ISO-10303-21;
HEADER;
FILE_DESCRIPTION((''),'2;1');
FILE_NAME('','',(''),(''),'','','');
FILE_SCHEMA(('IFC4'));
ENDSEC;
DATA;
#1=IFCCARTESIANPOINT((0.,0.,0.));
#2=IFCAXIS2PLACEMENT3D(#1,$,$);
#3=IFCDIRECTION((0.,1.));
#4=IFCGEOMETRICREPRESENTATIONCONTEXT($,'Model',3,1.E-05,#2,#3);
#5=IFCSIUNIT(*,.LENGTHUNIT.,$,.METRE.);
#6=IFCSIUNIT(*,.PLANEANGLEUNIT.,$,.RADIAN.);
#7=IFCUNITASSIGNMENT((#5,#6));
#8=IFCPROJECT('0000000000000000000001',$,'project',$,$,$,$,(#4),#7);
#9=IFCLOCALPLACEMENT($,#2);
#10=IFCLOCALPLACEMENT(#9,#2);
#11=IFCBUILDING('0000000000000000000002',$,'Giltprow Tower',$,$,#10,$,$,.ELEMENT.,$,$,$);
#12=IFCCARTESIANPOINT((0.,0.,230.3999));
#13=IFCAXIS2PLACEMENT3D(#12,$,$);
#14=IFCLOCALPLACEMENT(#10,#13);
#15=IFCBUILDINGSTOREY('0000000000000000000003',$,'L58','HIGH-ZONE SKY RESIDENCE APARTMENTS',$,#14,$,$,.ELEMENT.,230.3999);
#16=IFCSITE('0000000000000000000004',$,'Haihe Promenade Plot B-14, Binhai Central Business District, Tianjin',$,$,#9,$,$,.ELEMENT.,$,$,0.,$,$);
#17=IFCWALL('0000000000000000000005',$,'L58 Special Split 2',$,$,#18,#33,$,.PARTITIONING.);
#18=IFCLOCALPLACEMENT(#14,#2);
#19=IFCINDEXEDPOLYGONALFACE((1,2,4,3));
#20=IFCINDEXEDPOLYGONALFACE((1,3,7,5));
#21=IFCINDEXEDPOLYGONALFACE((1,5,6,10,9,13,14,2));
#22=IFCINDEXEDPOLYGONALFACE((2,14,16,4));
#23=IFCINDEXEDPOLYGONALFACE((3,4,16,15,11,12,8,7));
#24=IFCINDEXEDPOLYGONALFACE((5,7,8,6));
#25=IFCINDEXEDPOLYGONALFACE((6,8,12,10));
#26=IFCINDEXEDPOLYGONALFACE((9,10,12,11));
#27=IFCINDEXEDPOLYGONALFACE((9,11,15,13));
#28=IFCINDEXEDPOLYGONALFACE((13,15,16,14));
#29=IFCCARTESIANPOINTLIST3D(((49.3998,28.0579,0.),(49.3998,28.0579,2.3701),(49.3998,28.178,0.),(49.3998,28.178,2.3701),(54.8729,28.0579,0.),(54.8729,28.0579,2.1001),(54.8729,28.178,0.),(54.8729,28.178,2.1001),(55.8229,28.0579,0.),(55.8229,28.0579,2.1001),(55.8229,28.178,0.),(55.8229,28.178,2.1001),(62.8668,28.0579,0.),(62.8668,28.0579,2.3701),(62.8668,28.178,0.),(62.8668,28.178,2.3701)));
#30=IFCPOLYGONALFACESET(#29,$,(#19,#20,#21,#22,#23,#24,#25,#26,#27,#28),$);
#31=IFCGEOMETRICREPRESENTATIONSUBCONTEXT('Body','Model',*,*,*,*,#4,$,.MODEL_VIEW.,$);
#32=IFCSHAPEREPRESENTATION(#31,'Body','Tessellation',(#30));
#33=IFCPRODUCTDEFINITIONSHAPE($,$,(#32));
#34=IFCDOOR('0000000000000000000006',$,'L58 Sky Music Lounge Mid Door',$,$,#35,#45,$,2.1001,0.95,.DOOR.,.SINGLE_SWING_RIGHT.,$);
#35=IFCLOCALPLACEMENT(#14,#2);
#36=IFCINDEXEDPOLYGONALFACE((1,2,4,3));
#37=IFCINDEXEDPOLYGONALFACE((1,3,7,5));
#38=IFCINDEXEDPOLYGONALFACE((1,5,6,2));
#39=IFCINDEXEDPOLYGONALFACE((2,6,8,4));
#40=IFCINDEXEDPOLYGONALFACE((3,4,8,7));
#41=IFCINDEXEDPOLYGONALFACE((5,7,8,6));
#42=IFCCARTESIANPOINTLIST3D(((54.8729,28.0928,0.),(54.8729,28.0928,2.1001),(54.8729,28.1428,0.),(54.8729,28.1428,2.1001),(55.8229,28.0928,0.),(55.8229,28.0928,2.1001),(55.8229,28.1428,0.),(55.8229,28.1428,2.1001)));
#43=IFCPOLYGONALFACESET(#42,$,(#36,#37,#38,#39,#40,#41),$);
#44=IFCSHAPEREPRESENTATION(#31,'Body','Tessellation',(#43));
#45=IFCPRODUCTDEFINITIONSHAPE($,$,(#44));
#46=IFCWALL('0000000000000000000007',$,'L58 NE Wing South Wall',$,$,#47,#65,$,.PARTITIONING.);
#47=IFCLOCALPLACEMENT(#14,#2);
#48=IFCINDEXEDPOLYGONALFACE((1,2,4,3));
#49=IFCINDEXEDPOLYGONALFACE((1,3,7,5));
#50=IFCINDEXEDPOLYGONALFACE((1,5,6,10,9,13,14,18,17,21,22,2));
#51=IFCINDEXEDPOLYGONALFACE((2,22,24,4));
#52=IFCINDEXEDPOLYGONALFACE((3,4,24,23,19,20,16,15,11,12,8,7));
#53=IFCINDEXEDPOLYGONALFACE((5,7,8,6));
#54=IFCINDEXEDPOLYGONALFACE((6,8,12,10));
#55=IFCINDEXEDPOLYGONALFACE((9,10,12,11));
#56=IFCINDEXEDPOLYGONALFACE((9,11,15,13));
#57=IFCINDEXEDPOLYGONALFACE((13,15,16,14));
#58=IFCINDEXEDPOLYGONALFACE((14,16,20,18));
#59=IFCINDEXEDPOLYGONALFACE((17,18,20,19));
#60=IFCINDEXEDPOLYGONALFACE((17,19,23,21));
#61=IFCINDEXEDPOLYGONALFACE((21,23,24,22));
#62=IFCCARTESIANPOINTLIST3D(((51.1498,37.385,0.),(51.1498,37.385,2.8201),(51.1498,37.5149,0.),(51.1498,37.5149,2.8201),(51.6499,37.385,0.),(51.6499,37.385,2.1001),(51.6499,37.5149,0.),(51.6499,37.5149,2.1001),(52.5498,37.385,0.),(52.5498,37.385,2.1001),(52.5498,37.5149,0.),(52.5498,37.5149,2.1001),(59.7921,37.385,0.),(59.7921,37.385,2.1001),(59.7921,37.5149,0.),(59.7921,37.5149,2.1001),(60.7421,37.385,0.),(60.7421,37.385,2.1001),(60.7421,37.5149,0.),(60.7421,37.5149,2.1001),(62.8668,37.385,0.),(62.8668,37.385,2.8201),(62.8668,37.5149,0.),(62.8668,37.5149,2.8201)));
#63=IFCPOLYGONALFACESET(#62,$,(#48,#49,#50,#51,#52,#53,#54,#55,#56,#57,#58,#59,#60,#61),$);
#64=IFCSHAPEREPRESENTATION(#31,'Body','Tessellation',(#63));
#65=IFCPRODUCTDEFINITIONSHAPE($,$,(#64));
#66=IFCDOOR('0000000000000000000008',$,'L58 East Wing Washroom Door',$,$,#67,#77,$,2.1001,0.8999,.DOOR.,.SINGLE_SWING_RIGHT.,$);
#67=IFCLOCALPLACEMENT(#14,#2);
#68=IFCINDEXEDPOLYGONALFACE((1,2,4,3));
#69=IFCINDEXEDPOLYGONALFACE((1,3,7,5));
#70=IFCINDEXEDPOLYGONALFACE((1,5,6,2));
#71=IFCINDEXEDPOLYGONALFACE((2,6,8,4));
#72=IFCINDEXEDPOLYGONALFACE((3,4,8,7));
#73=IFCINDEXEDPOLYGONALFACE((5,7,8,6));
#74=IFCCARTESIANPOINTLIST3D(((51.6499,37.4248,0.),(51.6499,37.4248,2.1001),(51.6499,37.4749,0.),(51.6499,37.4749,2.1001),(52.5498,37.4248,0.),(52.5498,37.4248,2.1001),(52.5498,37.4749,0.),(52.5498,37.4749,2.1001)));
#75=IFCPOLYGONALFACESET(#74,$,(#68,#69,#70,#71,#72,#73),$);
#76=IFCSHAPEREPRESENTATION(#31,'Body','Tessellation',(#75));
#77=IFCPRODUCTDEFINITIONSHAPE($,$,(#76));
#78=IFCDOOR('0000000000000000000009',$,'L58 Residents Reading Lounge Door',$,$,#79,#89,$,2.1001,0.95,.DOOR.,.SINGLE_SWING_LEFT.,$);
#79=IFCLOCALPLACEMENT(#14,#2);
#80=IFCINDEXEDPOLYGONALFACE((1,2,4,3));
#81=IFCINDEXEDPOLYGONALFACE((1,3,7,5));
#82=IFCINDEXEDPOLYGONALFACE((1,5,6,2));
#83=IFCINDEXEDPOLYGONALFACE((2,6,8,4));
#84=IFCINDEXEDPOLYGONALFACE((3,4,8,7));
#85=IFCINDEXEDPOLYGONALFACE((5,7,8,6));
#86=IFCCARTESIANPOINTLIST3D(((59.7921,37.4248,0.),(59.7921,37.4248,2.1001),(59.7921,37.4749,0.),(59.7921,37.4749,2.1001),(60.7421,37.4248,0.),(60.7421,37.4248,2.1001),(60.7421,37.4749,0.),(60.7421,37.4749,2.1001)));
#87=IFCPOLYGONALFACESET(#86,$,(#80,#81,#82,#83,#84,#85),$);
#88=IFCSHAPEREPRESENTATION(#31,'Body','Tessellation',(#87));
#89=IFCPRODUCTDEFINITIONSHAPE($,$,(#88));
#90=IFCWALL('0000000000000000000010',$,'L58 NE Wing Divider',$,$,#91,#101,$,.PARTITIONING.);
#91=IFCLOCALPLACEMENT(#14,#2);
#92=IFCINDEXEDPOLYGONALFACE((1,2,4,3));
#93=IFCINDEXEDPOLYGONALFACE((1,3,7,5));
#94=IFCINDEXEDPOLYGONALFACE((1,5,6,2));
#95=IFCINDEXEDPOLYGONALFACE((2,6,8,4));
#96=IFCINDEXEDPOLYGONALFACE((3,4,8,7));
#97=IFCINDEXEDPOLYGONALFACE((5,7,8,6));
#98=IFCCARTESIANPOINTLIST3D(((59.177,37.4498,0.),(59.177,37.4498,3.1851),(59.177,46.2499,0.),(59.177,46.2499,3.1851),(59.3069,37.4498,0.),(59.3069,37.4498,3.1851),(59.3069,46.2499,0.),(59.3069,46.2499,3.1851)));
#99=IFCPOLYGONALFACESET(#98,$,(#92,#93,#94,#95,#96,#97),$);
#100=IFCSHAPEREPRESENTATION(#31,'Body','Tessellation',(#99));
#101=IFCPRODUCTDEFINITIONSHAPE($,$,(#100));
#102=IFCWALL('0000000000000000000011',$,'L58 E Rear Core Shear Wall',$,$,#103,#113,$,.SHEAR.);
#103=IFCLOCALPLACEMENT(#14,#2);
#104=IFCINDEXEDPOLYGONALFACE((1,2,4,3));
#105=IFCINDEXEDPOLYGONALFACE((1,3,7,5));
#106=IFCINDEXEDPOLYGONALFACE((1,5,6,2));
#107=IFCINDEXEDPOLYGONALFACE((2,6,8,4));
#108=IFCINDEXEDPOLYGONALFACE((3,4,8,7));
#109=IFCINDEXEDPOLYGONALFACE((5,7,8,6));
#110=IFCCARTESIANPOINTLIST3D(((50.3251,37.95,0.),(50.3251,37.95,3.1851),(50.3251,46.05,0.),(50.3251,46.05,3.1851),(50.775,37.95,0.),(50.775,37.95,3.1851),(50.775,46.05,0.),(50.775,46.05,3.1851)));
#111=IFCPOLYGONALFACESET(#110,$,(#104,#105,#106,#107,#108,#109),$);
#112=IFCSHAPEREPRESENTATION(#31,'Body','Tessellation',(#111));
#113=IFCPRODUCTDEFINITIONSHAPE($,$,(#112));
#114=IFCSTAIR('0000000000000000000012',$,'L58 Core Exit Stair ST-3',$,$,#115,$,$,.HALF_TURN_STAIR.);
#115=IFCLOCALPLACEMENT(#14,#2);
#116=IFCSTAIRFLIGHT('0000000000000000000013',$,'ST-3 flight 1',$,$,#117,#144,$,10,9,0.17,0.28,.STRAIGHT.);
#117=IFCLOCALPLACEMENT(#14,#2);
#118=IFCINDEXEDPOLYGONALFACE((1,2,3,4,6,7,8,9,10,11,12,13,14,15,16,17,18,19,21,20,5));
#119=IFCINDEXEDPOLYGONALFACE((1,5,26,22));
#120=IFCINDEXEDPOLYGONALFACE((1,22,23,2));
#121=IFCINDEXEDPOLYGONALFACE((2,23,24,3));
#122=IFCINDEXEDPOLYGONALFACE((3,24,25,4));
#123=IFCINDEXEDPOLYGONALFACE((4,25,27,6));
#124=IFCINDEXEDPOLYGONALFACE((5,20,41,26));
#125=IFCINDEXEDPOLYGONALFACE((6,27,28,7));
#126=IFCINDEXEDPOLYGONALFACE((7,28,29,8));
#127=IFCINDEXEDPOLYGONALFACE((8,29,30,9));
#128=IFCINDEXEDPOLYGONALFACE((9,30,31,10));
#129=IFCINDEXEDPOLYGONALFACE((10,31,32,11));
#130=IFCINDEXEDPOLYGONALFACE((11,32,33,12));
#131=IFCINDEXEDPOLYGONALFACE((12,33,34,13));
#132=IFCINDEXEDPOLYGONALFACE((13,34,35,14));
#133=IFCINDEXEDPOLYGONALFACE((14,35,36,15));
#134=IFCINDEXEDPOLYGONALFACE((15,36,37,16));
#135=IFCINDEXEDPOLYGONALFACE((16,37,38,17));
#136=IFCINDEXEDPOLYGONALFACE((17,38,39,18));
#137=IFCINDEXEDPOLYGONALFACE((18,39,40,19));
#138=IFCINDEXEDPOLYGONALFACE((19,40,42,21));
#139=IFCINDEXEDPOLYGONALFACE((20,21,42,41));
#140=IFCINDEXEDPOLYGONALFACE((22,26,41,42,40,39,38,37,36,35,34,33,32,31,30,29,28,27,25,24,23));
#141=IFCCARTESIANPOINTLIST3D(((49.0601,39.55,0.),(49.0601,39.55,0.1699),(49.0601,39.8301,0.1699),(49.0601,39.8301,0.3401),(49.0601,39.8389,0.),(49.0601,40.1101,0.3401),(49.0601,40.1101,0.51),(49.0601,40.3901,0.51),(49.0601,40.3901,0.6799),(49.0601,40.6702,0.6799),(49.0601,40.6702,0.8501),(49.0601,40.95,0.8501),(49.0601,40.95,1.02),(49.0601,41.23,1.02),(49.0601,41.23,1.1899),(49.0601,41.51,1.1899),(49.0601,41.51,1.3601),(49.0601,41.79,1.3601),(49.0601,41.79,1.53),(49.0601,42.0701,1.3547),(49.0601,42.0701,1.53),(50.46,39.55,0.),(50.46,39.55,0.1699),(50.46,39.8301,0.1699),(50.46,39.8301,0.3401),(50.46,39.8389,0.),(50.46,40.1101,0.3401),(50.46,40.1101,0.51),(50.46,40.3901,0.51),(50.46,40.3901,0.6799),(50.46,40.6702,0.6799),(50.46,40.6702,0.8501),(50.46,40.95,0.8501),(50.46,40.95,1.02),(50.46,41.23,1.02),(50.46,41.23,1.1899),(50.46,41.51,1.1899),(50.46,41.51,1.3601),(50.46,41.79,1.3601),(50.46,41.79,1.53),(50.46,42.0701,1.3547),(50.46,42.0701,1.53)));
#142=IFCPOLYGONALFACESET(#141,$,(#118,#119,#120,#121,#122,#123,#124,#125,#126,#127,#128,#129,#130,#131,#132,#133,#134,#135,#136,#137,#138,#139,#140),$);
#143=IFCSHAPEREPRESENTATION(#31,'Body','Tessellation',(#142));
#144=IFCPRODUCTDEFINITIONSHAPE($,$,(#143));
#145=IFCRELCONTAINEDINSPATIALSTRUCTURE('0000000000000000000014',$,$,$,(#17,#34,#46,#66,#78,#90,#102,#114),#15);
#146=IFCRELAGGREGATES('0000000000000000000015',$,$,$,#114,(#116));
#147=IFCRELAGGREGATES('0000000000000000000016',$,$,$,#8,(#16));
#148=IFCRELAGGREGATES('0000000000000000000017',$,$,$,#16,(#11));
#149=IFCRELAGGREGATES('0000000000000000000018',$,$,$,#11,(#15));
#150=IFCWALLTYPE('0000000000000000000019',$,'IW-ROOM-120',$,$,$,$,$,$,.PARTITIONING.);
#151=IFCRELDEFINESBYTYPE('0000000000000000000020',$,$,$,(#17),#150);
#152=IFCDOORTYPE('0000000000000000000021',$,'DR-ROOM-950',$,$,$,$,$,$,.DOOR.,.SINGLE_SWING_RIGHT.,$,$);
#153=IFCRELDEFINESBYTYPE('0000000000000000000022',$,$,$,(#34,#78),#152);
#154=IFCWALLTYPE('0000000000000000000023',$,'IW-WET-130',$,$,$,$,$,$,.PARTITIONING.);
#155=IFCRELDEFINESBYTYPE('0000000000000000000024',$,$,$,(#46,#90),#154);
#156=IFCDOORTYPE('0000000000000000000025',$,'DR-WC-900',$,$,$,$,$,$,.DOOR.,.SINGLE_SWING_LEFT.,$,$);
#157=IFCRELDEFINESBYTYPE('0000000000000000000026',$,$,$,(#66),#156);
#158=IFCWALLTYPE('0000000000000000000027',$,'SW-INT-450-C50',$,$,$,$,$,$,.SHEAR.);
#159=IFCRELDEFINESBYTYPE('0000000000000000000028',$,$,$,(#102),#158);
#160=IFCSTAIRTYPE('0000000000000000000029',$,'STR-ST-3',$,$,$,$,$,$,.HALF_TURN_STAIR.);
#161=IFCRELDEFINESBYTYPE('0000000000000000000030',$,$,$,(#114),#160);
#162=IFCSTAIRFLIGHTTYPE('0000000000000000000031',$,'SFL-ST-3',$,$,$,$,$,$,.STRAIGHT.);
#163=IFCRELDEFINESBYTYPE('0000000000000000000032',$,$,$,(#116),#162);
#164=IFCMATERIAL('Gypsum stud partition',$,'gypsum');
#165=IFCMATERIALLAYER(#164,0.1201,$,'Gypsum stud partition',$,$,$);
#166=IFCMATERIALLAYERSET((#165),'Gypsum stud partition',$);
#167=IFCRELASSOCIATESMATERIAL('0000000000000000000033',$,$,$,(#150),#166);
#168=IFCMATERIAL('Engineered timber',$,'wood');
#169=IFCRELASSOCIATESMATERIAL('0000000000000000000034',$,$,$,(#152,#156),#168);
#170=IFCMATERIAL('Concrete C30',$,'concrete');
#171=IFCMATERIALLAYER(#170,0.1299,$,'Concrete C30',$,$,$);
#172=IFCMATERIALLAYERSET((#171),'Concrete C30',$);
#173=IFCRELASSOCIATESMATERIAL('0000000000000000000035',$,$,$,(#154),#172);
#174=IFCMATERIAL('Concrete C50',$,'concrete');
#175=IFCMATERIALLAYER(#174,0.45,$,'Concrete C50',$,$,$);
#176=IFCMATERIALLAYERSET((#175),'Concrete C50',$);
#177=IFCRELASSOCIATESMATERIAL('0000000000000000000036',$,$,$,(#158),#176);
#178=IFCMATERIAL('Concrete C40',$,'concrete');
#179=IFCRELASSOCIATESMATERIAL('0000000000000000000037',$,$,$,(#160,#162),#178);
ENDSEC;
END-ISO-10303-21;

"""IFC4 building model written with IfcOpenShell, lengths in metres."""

from ifc_helpers import new_model, si_unit, direction, frame, frame_2d, origin, place, context, subcontext, project, spatial, polyline, rectangle, outline, extrude, source, transform, mapped, material, layer, layer_set, type_object, element, fill, aggregate, save


model = new_model("IFC4")

# Units and contexts
model_context = context("Model", 3, precision=1e-05, world=origin(), true_north=direction((0.0, 1.0)))
body_context = subcontext(model_context, "Body", "Model", "MODEL_VIEW")
ifc_project = project(units=[si_unit("LENGTHUNIT", "METRE"), si_unit("PLANEANGLEUNIT", "RADIAN")], contexts=[model_context])

# Site, building, storey
site_placement = place(None, origin())
site = spatial("IfcSite", under=ifc_project, at=site_placement, Name="Haihe Promenade Plot B-14, Binhai Central Business District, Tianjin", CompositionType="ELEMENT", RefElevation=0.0)
building_placement = place(site_placement, origin())
building = spatial("IfcBuilding", under=site, at=building_placement, Name="Giltprow Tower", CompositionType="ELEMENT")
storey_placement = place(building_placement, frame((0.0, 0.0, 230.3999)))
storey = spatial("IfcBuildingStorey", under=building, at=storey_placement, Name="L58", Description="HIGH-ZONE SKY RESIDENCE APARTMENTS", CompositionType="ELEMENT", Elevation=230.3999)

# Shared definitions
ifc_material_1 = material(Name="Concrete C50", Category="concrete")

# Wall, opening, door
ifc_material_2 = material(Name="Gypsum stud partition", Category="gypsum")
ifc_layer_1 = layer(ifc_material_2, 0.1201, Name="Gypsum stud partition")
ifc_layer_set_1 = layer_set([ifc_layer_1], Name="Gypsum stud partition")
wall_type_1 = type_object("IfcWallType", Name="IW-ROOM-120", PredefinedType="PARTITIONING", material=ifc_layer_set_1)
wall_1_placement = place(storey_placement, frame((49.3999, 28.1179, 0.0), z_axis=(0.0, 0.0, 1.0), x_axis=(1.0, 0.0, 0.0)))
wall_1 = element("IfcWall", 1, at=wall_1_placement, inside=storey, type_object=wall_type_1, Name="L58 Special Split 2", PredefinedType="PARTITIONING", context=body_context, shape_type="SweptSolid", body=[
    extrude(rectangle(XDim=13.467, YDim=0.1201, at=frame_2d((6.7334, 0.0))), origin(), (0.0, 0.0, 1.0), 2.3701),
])
opening_1_placement = place(wall_1_placement, frame((5.4729, 0.0, 0.0)))
opening_1 = element("IfcOpeningElement", 2, at=opening_1_placement, cuts=wall_1, PredefinedType="OPENING", context=body_context, shape_type="SweptSolid", body=[
    extrude(rectangle(XDim=0.95, YDim=2.1001, at=frame_2d((0.4751, 1.05))), frame((0.0, 0.0701, 0.0), z_axis=(0.0, -1.0, 0.0), x_axis=(1.0, 0.0, 0.0)), (0.0, 0.0, 1.0), 0.1401),
])
ifc_material_3 = material(Name="Engineered timber", Category="wood")
door_type_1 = type_object("IfcDoorType", Name="DR-ROOM-950", OperationType="SINGLE_SWING_RIGHT", PredefinedType="DOOR", material=ifc_material_3)
shared_shape_1 = source(origin(), body_context, "Body", "SweptSolid", [
    extrude(rectangle(XDim=0.95, YDim=2.1001, at=frame_2d((0.4751, 1.05))), frame((0.0, 0.0249, 0.0), z_axis=(0.0, -1.0, 0.0), x_axis=(1.0, 0.0, 0.0)), (0.0, 0.0, 1.0), 0.05),
])
door_1_placement = place(opening_1_placement, origin())
door_1 = element("IfcDoor", 3, at=door_1_placement, inside=storey, type_object=door_type_1, Name="L58 Sky Music Lounge Mid Door", OperationType="SINGLE_SWING_RIGHT", OverallHeight=2.1001, OverallWidth=0.95, PredefinedType="DOOR", context=body_context, shape_type="MappedRepresentation", body=[
    mapped(shared_shape_1, transform((0.0, 0.0, 0.0), x_axis=(1.0, 0.0, 0.0), y_axis=(0.0, 1.0, 0.0), z_axis=(0.0, 0.0, 1.0), scale=1.0)),
])
fill(opening_1, door_1)

# Wall, openings, doors
ifc_material_4 = material(Name="Concrete C30", Category="concrete")
ifc_layer_2 = layer(ifc_material_4, 0.1299, Name="Concrete C30")
ifc_layer_set_2 = layer_set([ifc_layer_2], Name="Concrete C30")
wall_type_2 = type_object("IfcWallType", Name="IW-WET-130", PredefinedType="PARTITIONING", material=ifc_layer_set_2)
wall_2_placement = place(storey_placement, frame((51.1499, 37.45, 0.0), z_axis=(0.0, 0.0, 1.0), x_axis=(1.0, 0.0, 0.0)))
wall_2 = element("IfcWall", 4, at=wall_2_placement, inside=storey, type_object=wall_type_2, Name="L58 NE Wing South Wall", PredefinedType="PARTITIONING", context=body_context, shape_type="SweptSolid", body=[
    extrude(rectangle(XDim=11.717, YDim=0.1299, at=frame_2d((5.8584, 0.0))), origin(), (0.0, 0.0, 1.0), 2.8201),
])
opening_2_placement = place(wall_2_placement, frame((0.5, 0.0, 0.0)))
opening_2 = element("IfcOpeningElement", 5, at=opening_2_placement, cuts=wall_2, PredefinedType="OPENING", context=body_context, shape_type="SweptSolid", body=[
    extrude(rectangle(XDim=0.8999, YDim=2.1001, at=frame_2d((0.45, 1.05))), frame((0.0, 0.075, 0.0), z_axis=(0.0, -1.0, 0.0), x_axis=(1.0, 0.0, 0.0)), (0.0, 0.0, 1.0), 0.1499),
])
opening_3_placement = place(wall_2_placement, frame((8.6421, 0.0, 0.0)))
opening_3 = element("IfcOpeningElement", 6, at=opening_3_placement, cuts=wall_2, PredefinedType="OPENING", context=body_context, shape_type="SweptSolid", body=[
    extrude(rectangle(XDim=0.95, YDim=2.1001, at=frame_2d((0.4751, 1.05))), frame((0.0, 0.075, 0.0), z_axis=(0.0, -1.0, 0.0), x_axis=(1.0, 0.0, 0.0)), (0.0, 0.0, 1.0), 0.1499),
])
door_type_2 = type_object("IfcDoorType", Name="DR-WC-900", OperationType="SINGLE_SWING_LEFT", PredefinedType="DOOR", material=ifc_material_3)
shared_shape_2 = source(origin(), body_context, "Body", "SweptSolid", [
    extrude(rectangle(XDim=0.8999, YDim=2.1001, at=frame_2d((0.45, 1.05))), frame((0.0, 0.0249, 0.0), z_axis=(0.0, -1.0, 0.0), x_axis=(1.0, 0.0, 0.0)), (0.0, 0.0, 1.0), 0.05),
])
door_2_placement = place(opening_2_placement, origin())
door_2 = element("IfcDoor", 7, at=door_2_placement, inside=storey, type_object=door_type_2, Name="L58 East Wing Washroom Door", OperationType="SINGLE_SWING_RIGHT", OverallHeight=2.1001, OverallWidth=0.8999, PredefinedType="DOOR", context=body_context, shape_type="MappedRepresentation", body=[
    mapped(shared_shape_2, transform((0.0, 0.0, 0.0), x_axis=(1.0, 0.0, 0.0), y_axis=(0.0, 1.0, 0.0), z_axis=(0.0, 0.0, 1.0), scale=1.0)),
])
fill(opening_2, door_2)
door_3_placement = place(opening_3_placement, origin())
door_3 = element("IfcDoor", 8, at=door_3_placement, inside=storey, type_object=door_type_1, Name="L58 Residents Reading Lounge Door", OperationType="SINGLE_SWING_LEFT", OverallHeight=2.1001, OverallWidth=0.95, PredefinedType="DOOR", context=body_context, shape_type="MappedRepresentation", body=[
    mapped(shared_shape_1, transform((0.0, 0.0, 0.0), x_axis=(1.0, 0.0, 0.0), y_axis=(0.0, 1.0, 0.0), z_axis=(0.0, 0.0, 1.0), scale=1.0)),
])
fill(opening_3, door_3)

# Walls
wall_3_placement = place(storey_placement, frame((59.2419, 37.45, 0.0), z_axis=(0.0, 0.0, 1.0), x_axis=(0.0, 1.0, 0.0)))
element("IfcWall", 9, at=wall_3_placement, inside=storey, type_object=wall_type_2, Name="L58 NE Wing Divider", PredefinedType="PARTITIONING", context=body_context, shape_type="SweptSolid", body=[
    extrude(rectangle(XDim=8.8, YDim=0.1299, at=frame_2d((4.3999, 0.0))), origin(), (0.0, 0.0, 1.0), 3.1851),
])
ifc_layer_3 = layer(ifc_material_1, 0.45, Name="Concrete C50")
ifc_layer_set_3 = layer_set([ifc_layer_3], Name="Concrete C50")
wall_type_3 = type_object("IfcWallType", Name="SW-INT-450-C50", PredefinedType="SHEAR", material=ifc_layer_set_3)
wall_4_placement = place(storey_placement, frame((50.55, 37.95, 0.0), z_axis=(0.0, 0.0, 1.0), x_axis=(0.0, 1.0, 0.0)))
element("IfcWall", 10, at=wall_4_placement, inside=storey, type_object=wall_type_3, Name="L58 E Rear Core Shear Wall", PredefinedType="SHEAR", context=body_context, shape_type="SweptSolid", body=[
    extrude(rectangle(XDim=8.1001, YDim=0.45, at=frame_2d((4.05, 0.0))), origin(), (0.0, 0.0, 1.0), 3.1851),
])

# Stair, stair flight
ifc_material_5 = material(Name="Concrete C40", Category="concrete")
stair_type = type_object("IfcStairType", Name="STR-ST-3", PredefinedType="HALF_TURN_STAIR", material=ifc_material_5)
stair_placement = place(storey_placement, origin())
stair = element("IfcStair", 11, at=stair_placement, inside=storey, type_object=stair_type, Name="L58 Core Exit Stair ST-3", PredefinedType="HALF_TURN_STAIR")
stair_flight_type = type_object("IfcStairFlightType", Name="SFL-ST-3", PredefinedType="STRAIGHT", material=ifc_material_5)
stair_flight_placement = place(storey_placement, frame((49.76, 39.55, 0.0), z_axis=(0.0, 0.0, 1.0), x_axis=(0.0, 1.0, 0.0)))
stair_flight = element("IfcStairFlight", 12, at=stair_flight_placement, type_object=stair_flight_type, Name="ST-3 flight 1", NumberOfRisers=10, NumberOfTreads=9, PredefinedType="STRAIGHT", RiserHeight=0.17, TreadLength=0.28, context=body_context, shape_type="SweptSolid", body=[
    extrude(outline(polyline([(0.0, 0.0), (0.0, 0.1699), (0.28, 0.1699), (0.28, 0.3401), (0.5601, 0.3401), (0.5601, 0.51), (0.8401, 0.51), (0.8401, 0.6799), (1.1201, 0.6799), (1.1201, 0.8501), (1.3999, 0.8501), (1.3999, 1.02), (1.6799, 1.02), (1.6799, 1.1899), (1.96, 1.1899), (1.96, 1.3601), (2.24, 1.3601), (2.24, 1.53), (2.52, 1.53), (2.52, 1.7), (2.52, 1.3547), (0.2888, 0.0), (0.0, 0.0)])), frame((0.0, 0.7, 0.0), z_axis=(0.0, -1.0, 0.0), x_axis=(1.0, 0.0, 0.0)), (0.0, 0.0, 1.0), 1.3999),
])
aggregate(stair, [stair_flight])

save(model, "model.ifc")
